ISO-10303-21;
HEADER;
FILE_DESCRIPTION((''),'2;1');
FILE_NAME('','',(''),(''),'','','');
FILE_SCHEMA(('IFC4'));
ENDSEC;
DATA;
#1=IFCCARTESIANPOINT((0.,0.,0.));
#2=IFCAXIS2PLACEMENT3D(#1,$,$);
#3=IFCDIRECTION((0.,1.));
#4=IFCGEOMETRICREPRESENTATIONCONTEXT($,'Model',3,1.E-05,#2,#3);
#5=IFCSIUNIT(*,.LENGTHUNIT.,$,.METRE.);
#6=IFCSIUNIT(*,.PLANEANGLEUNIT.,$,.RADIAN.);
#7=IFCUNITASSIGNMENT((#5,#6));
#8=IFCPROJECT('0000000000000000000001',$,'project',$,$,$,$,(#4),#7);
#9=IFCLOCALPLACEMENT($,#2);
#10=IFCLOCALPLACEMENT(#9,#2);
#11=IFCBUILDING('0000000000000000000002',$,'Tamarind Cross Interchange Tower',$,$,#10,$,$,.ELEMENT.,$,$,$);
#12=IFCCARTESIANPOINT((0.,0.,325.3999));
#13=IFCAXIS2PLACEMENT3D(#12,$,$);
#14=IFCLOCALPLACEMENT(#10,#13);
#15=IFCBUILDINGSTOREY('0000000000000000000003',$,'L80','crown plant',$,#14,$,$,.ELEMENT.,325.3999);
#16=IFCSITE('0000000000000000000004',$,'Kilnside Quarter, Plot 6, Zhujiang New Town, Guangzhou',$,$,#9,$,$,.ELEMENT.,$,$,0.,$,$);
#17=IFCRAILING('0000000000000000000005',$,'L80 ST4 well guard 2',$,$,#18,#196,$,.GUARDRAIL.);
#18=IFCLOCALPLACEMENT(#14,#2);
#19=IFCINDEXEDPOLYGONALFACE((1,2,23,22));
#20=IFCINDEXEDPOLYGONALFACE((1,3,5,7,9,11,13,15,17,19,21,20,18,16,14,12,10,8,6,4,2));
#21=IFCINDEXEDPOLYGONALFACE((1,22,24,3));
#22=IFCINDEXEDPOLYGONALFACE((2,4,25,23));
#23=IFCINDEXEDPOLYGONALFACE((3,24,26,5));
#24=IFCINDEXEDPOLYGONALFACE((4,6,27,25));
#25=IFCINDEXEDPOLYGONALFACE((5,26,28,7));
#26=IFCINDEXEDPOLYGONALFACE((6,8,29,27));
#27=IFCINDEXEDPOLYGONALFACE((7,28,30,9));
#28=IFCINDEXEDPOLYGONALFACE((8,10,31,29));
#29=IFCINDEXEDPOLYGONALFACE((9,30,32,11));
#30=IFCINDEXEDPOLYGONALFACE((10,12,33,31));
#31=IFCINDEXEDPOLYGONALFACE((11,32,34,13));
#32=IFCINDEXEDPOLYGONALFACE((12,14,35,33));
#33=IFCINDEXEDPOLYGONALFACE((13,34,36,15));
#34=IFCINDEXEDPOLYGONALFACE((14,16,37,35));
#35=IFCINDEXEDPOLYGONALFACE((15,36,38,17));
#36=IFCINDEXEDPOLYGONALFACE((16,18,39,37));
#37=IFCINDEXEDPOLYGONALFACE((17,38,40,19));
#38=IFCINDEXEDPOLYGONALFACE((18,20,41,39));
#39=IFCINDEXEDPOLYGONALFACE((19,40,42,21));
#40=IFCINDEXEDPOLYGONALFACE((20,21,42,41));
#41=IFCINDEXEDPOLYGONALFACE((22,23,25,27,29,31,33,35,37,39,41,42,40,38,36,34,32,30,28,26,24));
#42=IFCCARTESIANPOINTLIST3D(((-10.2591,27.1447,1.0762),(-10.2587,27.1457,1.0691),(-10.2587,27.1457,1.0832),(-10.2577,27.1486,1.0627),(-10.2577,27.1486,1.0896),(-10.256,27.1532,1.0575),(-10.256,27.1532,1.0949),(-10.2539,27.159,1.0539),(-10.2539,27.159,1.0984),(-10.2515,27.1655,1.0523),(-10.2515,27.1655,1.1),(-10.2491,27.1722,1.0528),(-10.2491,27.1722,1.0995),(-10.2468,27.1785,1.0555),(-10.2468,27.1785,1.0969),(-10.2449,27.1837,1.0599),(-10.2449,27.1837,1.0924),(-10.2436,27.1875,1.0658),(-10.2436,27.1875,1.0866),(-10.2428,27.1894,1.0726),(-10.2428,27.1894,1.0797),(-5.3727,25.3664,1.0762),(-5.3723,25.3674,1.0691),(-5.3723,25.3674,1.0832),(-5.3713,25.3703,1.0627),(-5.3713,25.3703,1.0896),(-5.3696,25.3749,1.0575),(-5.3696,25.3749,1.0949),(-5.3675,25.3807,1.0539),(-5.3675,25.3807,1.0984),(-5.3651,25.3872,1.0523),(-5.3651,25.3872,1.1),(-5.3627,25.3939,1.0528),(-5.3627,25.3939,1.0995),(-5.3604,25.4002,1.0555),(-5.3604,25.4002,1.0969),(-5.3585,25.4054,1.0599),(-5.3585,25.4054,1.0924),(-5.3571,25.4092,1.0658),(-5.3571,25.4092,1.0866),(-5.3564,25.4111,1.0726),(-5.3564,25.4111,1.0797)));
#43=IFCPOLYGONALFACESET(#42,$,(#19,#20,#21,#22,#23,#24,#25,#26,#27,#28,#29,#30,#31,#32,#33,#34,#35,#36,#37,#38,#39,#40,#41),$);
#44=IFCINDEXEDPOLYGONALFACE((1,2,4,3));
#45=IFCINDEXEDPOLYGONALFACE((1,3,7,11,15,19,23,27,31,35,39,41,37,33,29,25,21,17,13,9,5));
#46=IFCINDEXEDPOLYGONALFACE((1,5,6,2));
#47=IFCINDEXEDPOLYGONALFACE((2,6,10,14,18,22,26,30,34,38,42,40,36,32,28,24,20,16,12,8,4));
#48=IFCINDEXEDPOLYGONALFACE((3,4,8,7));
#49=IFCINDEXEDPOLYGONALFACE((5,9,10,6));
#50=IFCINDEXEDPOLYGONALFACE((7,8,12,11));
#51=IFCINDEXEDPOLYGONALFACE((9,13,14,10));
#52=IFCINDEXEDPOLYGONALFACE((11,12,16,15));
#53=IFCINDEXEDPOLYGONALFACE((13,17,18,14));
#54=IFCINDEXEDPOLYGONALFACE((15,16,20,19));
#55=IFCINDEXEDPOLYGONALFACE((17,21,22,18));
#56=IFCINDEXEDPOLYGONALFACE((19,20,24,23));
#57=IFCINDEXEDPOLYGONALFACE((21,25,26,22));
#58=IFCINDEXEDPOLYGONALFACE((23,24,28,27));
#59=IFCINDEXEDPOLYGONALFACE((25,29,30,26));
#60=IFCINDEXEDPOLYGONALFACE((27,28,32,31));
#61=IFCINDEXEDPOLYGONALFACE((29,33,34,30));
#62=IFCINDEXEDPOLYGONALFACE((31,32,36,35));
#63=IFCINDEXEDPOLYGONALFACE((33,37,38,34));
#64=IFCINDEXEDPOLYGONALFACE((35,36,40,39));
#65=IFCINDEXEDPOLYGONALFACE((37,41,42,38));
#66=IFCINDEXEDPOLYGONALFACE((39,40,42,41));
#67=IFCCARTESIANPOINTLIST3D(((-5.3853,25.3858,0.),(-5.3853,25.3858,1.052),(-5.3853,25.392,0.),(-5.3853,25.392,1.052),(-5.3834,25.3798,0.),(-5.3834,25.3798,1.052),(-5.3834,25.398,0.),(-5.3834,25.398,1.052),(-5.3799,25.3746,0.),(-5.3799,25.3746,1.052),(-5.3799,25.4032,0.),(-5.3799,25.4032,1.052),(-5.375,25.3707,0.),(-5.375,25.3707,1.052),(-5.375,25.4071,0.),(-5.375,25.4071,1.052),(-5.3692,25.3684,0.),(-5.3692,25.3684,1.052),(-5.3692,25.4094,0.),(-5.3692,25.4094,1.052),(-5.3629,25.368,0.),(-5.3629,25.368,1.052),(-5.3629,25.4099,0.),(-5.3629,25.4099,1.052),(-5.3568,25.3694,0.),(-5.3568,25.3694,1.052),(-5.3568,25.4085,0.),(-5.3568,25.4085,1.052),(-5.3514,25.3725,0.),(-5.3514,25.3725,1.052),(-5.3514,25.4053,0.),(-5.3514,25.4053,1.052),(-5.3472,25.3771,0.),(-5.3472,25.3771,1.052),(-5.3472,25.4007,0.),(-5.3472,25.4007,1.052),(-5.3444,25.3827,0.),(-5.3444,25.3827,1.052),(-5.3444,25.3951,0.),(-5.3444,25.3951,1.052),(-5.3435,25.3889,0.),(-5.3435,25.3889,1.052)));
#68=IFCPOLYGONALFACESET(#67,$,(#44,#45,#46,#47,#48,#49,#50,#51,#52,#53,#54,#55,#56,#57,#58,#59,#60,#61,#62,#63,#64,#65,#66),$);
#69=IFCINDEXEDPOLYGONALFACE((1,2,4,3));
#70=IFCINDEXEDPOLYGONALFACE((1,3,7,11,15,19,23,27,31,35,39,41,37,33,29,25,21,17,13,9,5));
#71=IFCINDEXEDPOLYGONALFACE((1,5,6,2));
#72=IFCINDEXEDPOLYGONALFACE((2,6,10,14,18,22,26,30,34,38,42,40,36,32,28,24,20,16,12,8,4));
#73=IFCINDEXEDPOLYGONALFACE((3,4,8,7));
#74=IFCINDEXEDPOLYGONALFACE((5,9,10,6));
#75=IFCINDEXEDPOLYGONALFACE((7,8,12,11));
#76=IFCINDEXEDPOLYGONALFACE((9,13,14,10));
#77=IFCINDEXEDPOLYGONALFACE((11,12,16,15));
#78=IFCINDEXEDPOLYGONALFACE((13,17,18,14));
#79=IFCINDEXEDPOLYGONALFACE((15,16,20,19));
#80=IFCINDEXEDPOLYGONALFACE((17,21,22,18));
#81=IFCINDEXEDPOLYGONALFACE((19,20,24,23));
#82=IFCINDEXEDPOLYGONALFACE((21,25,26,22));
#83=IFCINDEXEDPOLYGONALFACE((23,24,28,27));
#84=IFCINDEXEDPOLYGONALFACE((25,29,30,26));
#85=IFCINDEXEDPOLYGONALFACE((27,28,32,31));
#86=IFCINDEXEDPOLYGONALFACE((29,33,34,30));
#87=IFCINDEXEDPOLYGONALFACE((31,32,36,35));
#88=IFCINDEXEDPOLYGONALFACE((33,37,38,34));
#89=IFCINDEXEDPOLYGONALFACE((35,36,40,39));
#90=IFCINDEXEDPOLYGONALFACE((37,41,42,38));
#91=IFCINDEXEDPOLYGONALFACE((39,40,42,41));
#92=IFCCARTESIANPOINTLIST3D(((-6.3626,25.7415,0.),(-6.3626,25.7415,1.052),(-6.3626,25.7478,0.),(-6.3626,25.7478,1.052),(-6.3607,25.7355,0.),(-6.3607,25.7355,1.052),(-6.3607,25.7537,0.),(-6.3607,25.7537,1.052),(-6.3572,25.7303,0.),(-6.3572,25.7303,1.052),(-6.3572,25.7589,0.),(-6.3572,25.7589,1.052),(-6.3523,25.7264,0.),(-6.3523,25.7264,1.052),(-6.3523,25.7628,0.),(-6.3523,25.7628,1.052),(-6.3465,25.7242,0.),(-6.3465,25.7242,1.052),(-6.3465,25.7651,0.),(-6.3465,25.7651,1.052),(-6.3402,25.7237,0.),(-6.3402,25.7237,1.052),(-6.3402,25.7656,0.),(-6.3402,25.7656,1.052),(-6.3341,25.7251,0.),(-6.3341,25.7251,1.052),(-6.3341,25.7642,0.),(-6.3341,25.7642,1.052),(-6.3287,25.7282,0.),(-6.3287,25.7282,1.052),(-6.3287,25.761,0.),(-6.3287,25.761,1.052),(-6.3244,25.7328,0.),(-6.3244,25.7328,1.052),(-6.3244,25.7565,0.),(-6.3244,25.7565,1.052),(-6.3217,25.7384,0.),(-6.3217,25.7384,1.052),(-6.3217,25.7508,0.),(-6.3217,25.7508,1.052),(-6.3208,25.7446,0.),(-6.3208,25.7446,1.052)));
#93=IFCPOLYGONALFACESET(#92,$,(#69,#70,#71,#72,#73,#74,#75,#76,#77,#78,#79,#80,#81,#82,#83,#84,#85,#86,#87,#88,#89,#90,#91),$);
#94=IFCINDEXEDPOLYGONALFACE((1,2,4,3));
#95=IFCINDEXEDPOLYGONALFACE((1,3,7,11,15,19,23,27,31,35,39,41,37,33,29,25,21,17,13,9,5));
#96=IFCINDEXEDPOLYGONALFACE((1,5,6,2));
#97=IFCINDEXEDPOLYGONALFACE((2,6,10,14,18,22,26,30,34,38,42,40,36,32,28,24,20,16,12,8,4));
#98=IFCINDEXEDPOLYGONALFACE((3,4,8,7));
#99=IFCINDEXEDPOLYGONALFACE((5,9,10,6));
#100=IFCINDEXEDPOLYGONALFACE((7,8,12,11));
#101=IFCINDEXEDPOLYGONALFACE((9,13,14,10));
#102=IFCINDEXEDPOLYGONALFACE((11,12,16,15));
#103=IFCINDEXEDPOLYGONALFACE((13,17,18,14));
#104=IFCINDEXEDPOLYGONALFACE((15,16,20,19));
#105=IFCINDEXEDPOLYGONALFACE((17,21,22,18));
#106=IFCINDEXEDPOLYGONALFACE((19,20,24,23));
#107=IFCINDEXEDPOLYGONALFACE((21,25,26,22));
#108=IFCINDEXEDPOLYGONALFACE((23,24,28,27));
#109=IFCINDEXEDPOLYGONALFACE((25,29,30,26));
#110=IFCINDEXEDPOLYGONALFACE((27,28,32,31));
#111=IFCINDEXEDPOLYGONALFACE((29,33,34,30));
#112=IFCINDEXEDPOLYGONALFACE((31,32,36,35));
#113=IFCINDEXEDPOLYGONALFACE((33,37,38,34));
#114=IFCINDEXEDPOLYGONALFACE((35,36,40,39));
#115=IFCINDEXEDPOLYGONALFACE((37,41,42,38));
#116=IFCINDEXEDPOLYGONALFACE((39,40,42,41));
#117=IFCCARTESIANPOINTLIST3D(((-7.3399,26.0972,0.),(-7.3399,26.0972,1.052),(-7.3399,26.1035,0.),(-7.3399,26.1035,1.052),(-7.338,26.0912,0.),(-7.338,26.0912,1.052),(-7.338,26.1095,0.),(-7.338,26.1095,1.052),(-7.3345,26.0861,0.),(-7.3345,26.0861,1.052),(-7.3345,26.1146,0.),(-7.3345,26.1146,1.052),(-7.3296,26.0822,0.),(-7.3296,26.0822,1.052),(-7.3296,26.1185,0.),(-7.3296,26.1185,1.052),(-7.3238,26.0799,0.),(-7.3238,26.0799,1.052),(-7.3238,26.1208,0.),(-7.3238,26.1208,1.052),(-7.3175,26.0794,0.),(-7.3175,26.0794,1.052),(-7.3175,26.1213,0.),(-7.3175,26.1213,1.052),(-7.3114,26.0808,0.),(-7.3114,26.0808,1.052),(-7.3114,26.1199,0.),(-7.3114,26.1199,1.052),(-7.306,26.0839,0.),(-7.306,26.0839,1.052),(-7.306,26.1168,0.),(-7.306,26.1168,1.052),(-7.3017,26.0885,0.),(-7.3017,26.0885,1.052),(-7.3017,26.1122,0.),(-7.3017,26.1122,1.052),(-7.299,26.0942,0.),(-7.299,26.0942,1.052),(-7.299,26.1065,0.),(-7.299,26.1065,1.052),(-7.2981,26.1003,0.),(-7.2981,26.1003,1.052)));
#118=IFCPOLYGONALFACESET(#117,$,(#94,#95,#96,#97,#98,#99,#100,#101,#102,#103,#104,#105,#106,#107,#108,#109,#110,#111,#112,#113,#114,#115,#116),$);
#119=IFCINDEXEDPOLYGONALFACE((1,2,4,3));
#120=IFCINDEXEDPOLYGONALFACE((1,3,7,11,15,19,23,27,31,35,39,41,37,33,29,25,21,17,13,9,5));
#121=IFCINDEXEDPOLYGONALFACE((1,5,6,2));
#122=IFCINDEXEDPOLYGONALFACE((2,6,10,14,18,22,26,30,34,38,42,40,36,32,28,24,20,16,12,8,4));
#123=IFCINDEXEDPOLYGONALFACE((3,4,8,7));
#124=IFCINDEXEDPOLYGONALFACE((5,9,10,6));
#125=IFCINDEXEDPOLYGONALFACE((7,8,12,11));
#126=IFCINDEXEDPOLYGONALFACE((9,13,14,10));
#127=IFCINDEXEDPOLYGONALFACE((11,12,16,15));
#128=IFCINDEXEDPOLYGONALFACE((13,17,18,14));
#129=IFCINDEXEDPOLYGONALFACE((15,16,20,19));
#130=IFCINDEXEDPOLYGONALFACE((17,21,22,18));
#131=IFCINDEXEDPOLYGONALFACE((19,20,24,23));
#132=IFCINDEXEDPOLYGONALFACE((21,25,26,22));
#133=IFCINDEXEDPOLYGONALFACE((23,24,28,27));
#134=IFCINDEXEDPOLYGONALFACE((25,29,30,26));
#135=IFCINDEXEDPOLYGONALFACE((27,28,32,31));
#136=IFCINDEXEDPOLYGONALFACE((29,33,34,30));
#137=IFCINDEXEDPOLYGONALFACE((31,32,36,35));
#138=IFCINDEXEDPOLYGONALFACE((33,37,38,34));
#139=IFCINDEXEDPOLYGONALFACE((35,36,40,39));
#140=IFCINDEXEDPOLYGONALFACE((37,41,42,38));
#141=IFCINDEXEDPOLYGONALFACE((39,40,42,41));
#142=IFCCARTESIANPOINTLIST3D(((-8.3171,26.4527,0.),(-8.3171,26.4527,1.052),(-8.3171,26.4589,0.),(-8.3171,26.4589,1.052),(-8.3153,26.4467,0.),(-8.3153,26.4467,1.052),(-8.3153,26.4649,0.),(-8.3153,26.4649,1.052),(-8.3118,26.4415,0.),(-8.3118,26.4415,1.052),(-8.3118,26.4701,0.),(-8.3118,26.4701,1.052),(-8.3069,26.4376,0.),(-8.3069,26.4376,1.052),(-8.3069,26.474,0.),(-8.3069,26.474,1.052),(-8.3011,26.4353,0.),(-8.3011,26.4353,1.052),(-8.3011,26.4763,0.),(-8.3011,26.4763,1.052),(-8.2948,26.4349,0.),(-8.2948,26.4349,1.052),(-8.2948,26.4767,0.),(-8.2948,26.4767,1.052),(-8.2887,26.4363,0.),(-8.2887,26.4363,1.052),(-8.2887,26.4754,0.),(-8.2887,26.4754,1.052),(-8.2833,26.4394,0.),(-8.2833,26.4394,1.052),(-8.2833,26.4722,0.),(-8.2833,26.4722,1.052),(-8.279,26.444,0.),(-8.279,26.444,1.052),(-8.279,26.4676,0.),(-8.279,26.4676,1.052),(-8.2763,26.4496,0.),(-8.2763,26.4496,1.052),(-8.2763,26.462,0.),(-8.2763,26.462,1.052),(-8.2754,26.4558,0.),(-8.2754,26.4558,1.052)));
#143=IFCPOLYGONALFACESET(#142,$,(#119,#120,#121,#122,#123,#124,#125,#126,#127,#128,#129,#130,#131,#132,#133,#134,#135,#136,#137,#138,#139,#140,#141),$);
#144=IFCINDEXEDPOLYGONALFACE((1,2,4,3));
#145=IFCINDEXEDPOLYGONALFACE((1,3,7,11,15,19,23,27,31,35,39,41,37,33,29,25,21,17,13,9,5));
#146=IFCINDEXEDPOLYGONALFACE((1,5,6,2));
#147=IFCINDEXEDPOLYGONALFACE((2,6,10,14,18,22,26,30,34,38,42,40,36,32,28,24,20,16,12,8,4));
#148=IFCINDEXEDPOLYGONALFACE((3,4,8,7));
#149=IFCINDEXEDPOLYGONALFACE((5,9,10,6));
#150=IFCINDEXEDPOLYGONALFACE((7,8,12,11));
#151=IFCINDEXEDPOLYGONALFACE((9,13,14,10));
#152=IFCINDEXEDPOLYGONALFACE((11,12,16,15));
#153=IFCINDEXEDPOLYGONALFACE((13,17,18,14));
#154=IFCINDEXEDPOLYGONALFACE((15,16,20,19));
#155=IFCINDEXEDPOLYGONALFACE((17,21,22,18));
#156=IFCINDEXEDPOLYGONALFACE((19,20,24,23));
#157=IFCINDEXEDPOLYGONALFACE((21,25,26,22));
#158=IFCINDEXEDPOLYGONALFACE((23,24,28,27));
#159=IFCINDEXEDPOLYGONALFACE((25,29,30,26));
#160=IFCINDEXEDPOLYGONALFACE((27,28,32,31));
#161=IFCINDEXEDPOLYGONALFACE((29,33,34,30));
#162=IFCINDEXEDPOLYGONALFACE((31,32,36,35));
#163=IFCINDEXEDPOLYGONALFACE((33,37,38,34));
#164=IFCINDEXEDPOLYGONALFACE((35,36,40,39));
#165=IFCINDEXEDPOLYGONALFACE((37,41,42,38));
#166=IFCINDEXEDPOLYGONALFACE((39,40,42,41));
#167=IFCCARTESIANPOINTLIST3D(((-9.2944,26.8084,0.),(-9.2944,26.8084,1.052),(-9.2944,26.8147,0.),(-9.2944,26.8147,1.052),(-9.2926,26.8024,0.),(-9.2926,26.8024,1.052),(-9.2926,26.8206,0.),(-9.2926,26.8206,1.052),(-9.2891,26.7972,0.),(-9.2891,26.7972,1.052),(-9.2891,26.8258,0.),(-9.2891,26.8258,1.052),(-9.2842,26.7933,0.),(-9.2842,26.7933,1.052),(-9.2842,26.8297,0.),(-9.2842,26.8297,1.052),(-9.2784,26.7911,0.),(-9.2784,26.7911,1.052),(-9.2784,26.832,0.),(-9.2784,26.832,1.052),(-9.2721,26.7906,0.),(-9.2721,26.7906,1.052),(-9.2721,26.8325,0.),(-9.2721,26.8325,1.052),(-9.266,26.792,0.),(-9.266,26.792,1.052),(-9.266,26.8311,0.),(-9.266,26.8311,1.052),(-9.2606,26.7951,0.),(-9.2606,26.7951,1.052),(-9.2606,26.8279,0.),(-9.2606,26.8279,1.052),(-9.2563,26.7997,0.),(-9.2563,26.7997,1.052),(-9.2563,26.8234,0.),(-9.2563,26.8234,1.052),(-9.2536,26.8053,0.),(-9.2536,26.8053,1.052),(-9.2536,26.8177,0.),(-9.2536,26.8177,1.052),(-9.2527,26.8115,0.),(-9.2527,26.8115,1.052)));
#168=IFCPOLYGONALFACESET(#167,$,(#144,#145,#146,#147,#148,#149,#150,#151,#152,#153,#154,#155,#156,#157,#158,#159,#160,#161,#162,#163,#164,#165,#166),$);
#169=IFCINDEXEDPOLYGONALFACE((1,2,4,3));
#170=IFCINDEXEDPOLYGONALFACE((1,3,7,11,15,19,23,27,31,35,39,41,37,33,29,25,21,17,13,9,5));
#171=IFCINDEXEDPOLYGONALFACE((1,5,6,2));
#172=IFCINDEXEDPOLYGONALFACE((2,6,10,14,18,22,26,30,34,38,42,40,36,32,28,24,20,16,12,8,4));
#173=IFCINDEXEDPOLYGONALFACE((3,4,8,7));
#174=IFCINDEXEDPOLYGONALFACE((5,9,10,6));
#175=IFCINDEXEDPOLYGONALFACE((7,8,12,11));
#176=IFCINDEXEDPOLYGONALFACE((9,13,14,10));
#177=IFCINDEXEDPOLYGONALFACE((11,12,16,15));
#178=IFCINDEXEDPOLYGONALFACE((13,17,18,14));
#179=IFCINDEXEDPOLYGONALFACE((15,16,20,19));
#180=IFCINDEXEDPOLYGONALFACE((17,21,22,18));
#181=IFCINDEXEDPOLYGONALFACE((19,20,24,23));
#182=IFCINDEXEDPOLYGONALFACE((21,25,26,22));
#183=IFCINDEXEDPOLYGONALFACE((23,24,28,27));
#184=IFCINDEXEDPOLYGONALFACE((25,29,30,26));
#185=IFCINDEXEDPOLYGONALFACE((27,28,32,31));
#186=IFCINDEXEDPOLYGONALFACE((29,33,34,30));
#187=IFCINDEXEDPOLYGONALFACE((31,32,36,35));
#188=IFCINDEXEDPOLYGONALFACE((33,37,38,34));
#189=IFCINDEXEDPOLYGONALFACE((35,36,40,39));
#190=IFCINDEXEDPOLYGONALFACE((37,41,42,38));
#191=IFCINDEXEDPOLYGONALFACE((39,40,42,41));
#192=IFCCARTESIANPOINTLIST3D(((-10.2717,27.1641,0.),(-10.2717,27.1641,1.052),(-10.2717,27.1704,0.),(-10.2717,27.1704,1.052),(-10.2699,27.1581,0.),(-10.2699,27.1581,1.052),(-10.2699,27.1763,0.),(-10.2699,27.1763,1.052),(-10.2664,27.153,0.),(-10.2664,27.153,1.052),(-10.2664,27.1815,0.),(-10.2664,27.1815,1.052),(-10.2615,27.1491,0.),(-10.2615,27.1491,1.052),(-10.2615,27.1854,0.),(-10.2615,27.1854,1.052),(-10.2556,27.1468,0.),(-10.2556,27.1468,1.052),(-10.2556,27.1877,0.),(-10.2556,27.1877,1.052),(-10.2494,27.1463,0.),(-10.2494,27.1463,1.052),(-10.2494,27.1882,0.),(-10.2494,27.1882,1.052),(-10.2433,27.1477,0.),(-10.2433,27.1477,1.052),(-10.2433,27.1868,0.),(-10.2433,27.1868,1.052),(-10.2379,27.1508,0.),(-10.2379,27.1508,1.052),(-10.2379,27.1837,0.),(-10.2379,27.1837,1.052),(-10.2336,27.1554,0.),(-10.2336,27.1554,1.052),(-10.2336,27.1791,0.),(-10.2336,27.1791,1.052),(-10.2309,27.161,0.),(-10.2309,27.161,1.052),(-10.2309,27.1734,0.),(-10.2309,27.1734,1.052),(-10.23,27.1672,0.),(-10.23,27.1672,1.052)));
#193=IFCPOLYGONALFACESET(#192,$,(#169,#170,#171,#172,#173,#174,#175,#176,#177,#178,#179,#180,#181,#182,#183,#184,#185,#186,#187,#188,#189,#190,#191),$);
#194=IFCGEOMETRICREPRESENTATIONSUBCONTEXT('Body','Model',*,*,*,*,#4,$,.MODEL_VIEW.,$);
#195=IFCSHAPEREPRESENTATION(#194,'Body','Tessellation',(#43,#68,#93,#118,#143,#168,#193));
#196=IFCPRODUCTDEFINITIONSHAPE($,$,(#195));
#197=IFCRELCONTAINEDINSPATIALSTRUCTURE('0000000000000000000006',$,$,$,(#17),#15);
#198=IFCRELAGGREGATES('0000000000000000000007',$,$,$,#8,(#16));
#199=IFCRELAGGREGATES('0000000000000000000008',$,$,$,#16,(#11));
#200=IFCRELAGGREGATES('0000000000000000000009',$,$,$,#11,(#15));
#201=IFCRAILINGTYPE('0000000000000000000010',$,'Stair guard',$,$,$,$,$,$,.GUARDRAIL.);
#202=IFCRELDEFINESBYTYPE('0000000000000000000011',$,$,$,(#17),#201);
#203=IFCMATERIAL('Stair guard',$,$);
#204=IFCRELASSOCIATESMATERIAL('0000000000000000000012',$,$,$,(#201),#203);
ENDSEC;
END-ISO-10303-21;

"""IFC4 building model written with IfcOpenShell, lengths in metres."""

from ifc_helpers import new_model, si_unit, direction, frame, origin, origin_2d, place, context, subcontext, project, spatial, circle, extrude, material, type_object, element, save


model = new_model("IFC4")

# Units and contexts
model_context = context("Model", 3, precision=1e-05, world=origin(), true_north=direction((0.0, 1.0)))
body_context = subcontext(model_context, "Body", "Model", "MODEL_VIEW")
ifc_project = project(units=[si_unit("LENGTHUNIT", "METRE"), si_unit("PLANEANGLEUNIT", "RADIAN")], contexts=[model_context])

# Site, building, storey
site_placement = place(None, origin())
site = spatial("IfcSite", under=ifc_project, at=site_placement, Name="Kilnside Quarter, Plot 6, Zhujiang New Town, Guangzhou", CompositionType="ELEMENT", RefElevation=0.0)
building_placement = place(site_placement, origin())
building = spatial("IfcBuilding", under=site, at=building_placement, Name="Tamarind Cross Interchange Tower", CompositionType="ELEMENT")
storey_placement = place(building_placement, frame((0.0, 0.0, 325.3999)))
storey = spatial("IfcBuildingStorey", under=building, at=storey_placement, Name="L80", Description="crown plant", CompositionType="ELEMENT", Elevation=325.3999)

# Railing
ifc_material_1 = material(Name="Stair guard")
railing_type = type_object("IfcRailingType", Name="Stair guard", PredefinedType="GUARDRAIL", material=ifc_material_1)
for number, where, name in (
    (1, (-5.3645, 25.3889, 0.0), "L80 ST4 well guard 2"),
):
    element("IfcRailing", number, at=place(storey_placement, frame(where)), inside=storey, type_object=railing_type, Name=name, PredefinedType="GUARDRAIL", context=body_context, shape_type="SweptSolid", body=[
        extrude(circle(Radius=0.0239, at=origin_2d()), frame((0.0, 0.0, 1.0762), z_axis=(-0.939706, 0.341984, 0.0), x_axis=(-0.341984, -0.939706, 0.0)), (0.0, 0.0, 1.0), 5.2),
        extrude(circle(Radius=0.021, at=origin_2d()), origin(), (0.0, 0.0, 1.0), 1.052),
        extrude(circle(Radius=0.021, at=origin_2d()), frame((-0.9773, 0.3557, 0.0)), (0.0, 0.0, 1.0), 1.052),
        extrude(circle(Radius=0.021, at=origin_2d()), frame((-1.9546, 0.7114, 0.0)), (0.0, 0.0, 1.0), 1.052),
        extrude(circle(Radius=0.021, at=origin_2d()), frame((-2.9319, 1.0669, 0.0)), (0.0, 0.0, 1.0), 1.052),
        extrude(circle(Radius=0.021, at=origin_2d()), frame((-3.9092, 1.4226, 0.0)), (0.0, 0.0, 1.0), 1.052),
        extrude(circle(Radius=0.021, at=origin_2d()), frame((-4.8865, 1.7783, 0.0)), (0.0, 0.0, 1.0), 1.052),
    ])

save(model, "model.ifc")
